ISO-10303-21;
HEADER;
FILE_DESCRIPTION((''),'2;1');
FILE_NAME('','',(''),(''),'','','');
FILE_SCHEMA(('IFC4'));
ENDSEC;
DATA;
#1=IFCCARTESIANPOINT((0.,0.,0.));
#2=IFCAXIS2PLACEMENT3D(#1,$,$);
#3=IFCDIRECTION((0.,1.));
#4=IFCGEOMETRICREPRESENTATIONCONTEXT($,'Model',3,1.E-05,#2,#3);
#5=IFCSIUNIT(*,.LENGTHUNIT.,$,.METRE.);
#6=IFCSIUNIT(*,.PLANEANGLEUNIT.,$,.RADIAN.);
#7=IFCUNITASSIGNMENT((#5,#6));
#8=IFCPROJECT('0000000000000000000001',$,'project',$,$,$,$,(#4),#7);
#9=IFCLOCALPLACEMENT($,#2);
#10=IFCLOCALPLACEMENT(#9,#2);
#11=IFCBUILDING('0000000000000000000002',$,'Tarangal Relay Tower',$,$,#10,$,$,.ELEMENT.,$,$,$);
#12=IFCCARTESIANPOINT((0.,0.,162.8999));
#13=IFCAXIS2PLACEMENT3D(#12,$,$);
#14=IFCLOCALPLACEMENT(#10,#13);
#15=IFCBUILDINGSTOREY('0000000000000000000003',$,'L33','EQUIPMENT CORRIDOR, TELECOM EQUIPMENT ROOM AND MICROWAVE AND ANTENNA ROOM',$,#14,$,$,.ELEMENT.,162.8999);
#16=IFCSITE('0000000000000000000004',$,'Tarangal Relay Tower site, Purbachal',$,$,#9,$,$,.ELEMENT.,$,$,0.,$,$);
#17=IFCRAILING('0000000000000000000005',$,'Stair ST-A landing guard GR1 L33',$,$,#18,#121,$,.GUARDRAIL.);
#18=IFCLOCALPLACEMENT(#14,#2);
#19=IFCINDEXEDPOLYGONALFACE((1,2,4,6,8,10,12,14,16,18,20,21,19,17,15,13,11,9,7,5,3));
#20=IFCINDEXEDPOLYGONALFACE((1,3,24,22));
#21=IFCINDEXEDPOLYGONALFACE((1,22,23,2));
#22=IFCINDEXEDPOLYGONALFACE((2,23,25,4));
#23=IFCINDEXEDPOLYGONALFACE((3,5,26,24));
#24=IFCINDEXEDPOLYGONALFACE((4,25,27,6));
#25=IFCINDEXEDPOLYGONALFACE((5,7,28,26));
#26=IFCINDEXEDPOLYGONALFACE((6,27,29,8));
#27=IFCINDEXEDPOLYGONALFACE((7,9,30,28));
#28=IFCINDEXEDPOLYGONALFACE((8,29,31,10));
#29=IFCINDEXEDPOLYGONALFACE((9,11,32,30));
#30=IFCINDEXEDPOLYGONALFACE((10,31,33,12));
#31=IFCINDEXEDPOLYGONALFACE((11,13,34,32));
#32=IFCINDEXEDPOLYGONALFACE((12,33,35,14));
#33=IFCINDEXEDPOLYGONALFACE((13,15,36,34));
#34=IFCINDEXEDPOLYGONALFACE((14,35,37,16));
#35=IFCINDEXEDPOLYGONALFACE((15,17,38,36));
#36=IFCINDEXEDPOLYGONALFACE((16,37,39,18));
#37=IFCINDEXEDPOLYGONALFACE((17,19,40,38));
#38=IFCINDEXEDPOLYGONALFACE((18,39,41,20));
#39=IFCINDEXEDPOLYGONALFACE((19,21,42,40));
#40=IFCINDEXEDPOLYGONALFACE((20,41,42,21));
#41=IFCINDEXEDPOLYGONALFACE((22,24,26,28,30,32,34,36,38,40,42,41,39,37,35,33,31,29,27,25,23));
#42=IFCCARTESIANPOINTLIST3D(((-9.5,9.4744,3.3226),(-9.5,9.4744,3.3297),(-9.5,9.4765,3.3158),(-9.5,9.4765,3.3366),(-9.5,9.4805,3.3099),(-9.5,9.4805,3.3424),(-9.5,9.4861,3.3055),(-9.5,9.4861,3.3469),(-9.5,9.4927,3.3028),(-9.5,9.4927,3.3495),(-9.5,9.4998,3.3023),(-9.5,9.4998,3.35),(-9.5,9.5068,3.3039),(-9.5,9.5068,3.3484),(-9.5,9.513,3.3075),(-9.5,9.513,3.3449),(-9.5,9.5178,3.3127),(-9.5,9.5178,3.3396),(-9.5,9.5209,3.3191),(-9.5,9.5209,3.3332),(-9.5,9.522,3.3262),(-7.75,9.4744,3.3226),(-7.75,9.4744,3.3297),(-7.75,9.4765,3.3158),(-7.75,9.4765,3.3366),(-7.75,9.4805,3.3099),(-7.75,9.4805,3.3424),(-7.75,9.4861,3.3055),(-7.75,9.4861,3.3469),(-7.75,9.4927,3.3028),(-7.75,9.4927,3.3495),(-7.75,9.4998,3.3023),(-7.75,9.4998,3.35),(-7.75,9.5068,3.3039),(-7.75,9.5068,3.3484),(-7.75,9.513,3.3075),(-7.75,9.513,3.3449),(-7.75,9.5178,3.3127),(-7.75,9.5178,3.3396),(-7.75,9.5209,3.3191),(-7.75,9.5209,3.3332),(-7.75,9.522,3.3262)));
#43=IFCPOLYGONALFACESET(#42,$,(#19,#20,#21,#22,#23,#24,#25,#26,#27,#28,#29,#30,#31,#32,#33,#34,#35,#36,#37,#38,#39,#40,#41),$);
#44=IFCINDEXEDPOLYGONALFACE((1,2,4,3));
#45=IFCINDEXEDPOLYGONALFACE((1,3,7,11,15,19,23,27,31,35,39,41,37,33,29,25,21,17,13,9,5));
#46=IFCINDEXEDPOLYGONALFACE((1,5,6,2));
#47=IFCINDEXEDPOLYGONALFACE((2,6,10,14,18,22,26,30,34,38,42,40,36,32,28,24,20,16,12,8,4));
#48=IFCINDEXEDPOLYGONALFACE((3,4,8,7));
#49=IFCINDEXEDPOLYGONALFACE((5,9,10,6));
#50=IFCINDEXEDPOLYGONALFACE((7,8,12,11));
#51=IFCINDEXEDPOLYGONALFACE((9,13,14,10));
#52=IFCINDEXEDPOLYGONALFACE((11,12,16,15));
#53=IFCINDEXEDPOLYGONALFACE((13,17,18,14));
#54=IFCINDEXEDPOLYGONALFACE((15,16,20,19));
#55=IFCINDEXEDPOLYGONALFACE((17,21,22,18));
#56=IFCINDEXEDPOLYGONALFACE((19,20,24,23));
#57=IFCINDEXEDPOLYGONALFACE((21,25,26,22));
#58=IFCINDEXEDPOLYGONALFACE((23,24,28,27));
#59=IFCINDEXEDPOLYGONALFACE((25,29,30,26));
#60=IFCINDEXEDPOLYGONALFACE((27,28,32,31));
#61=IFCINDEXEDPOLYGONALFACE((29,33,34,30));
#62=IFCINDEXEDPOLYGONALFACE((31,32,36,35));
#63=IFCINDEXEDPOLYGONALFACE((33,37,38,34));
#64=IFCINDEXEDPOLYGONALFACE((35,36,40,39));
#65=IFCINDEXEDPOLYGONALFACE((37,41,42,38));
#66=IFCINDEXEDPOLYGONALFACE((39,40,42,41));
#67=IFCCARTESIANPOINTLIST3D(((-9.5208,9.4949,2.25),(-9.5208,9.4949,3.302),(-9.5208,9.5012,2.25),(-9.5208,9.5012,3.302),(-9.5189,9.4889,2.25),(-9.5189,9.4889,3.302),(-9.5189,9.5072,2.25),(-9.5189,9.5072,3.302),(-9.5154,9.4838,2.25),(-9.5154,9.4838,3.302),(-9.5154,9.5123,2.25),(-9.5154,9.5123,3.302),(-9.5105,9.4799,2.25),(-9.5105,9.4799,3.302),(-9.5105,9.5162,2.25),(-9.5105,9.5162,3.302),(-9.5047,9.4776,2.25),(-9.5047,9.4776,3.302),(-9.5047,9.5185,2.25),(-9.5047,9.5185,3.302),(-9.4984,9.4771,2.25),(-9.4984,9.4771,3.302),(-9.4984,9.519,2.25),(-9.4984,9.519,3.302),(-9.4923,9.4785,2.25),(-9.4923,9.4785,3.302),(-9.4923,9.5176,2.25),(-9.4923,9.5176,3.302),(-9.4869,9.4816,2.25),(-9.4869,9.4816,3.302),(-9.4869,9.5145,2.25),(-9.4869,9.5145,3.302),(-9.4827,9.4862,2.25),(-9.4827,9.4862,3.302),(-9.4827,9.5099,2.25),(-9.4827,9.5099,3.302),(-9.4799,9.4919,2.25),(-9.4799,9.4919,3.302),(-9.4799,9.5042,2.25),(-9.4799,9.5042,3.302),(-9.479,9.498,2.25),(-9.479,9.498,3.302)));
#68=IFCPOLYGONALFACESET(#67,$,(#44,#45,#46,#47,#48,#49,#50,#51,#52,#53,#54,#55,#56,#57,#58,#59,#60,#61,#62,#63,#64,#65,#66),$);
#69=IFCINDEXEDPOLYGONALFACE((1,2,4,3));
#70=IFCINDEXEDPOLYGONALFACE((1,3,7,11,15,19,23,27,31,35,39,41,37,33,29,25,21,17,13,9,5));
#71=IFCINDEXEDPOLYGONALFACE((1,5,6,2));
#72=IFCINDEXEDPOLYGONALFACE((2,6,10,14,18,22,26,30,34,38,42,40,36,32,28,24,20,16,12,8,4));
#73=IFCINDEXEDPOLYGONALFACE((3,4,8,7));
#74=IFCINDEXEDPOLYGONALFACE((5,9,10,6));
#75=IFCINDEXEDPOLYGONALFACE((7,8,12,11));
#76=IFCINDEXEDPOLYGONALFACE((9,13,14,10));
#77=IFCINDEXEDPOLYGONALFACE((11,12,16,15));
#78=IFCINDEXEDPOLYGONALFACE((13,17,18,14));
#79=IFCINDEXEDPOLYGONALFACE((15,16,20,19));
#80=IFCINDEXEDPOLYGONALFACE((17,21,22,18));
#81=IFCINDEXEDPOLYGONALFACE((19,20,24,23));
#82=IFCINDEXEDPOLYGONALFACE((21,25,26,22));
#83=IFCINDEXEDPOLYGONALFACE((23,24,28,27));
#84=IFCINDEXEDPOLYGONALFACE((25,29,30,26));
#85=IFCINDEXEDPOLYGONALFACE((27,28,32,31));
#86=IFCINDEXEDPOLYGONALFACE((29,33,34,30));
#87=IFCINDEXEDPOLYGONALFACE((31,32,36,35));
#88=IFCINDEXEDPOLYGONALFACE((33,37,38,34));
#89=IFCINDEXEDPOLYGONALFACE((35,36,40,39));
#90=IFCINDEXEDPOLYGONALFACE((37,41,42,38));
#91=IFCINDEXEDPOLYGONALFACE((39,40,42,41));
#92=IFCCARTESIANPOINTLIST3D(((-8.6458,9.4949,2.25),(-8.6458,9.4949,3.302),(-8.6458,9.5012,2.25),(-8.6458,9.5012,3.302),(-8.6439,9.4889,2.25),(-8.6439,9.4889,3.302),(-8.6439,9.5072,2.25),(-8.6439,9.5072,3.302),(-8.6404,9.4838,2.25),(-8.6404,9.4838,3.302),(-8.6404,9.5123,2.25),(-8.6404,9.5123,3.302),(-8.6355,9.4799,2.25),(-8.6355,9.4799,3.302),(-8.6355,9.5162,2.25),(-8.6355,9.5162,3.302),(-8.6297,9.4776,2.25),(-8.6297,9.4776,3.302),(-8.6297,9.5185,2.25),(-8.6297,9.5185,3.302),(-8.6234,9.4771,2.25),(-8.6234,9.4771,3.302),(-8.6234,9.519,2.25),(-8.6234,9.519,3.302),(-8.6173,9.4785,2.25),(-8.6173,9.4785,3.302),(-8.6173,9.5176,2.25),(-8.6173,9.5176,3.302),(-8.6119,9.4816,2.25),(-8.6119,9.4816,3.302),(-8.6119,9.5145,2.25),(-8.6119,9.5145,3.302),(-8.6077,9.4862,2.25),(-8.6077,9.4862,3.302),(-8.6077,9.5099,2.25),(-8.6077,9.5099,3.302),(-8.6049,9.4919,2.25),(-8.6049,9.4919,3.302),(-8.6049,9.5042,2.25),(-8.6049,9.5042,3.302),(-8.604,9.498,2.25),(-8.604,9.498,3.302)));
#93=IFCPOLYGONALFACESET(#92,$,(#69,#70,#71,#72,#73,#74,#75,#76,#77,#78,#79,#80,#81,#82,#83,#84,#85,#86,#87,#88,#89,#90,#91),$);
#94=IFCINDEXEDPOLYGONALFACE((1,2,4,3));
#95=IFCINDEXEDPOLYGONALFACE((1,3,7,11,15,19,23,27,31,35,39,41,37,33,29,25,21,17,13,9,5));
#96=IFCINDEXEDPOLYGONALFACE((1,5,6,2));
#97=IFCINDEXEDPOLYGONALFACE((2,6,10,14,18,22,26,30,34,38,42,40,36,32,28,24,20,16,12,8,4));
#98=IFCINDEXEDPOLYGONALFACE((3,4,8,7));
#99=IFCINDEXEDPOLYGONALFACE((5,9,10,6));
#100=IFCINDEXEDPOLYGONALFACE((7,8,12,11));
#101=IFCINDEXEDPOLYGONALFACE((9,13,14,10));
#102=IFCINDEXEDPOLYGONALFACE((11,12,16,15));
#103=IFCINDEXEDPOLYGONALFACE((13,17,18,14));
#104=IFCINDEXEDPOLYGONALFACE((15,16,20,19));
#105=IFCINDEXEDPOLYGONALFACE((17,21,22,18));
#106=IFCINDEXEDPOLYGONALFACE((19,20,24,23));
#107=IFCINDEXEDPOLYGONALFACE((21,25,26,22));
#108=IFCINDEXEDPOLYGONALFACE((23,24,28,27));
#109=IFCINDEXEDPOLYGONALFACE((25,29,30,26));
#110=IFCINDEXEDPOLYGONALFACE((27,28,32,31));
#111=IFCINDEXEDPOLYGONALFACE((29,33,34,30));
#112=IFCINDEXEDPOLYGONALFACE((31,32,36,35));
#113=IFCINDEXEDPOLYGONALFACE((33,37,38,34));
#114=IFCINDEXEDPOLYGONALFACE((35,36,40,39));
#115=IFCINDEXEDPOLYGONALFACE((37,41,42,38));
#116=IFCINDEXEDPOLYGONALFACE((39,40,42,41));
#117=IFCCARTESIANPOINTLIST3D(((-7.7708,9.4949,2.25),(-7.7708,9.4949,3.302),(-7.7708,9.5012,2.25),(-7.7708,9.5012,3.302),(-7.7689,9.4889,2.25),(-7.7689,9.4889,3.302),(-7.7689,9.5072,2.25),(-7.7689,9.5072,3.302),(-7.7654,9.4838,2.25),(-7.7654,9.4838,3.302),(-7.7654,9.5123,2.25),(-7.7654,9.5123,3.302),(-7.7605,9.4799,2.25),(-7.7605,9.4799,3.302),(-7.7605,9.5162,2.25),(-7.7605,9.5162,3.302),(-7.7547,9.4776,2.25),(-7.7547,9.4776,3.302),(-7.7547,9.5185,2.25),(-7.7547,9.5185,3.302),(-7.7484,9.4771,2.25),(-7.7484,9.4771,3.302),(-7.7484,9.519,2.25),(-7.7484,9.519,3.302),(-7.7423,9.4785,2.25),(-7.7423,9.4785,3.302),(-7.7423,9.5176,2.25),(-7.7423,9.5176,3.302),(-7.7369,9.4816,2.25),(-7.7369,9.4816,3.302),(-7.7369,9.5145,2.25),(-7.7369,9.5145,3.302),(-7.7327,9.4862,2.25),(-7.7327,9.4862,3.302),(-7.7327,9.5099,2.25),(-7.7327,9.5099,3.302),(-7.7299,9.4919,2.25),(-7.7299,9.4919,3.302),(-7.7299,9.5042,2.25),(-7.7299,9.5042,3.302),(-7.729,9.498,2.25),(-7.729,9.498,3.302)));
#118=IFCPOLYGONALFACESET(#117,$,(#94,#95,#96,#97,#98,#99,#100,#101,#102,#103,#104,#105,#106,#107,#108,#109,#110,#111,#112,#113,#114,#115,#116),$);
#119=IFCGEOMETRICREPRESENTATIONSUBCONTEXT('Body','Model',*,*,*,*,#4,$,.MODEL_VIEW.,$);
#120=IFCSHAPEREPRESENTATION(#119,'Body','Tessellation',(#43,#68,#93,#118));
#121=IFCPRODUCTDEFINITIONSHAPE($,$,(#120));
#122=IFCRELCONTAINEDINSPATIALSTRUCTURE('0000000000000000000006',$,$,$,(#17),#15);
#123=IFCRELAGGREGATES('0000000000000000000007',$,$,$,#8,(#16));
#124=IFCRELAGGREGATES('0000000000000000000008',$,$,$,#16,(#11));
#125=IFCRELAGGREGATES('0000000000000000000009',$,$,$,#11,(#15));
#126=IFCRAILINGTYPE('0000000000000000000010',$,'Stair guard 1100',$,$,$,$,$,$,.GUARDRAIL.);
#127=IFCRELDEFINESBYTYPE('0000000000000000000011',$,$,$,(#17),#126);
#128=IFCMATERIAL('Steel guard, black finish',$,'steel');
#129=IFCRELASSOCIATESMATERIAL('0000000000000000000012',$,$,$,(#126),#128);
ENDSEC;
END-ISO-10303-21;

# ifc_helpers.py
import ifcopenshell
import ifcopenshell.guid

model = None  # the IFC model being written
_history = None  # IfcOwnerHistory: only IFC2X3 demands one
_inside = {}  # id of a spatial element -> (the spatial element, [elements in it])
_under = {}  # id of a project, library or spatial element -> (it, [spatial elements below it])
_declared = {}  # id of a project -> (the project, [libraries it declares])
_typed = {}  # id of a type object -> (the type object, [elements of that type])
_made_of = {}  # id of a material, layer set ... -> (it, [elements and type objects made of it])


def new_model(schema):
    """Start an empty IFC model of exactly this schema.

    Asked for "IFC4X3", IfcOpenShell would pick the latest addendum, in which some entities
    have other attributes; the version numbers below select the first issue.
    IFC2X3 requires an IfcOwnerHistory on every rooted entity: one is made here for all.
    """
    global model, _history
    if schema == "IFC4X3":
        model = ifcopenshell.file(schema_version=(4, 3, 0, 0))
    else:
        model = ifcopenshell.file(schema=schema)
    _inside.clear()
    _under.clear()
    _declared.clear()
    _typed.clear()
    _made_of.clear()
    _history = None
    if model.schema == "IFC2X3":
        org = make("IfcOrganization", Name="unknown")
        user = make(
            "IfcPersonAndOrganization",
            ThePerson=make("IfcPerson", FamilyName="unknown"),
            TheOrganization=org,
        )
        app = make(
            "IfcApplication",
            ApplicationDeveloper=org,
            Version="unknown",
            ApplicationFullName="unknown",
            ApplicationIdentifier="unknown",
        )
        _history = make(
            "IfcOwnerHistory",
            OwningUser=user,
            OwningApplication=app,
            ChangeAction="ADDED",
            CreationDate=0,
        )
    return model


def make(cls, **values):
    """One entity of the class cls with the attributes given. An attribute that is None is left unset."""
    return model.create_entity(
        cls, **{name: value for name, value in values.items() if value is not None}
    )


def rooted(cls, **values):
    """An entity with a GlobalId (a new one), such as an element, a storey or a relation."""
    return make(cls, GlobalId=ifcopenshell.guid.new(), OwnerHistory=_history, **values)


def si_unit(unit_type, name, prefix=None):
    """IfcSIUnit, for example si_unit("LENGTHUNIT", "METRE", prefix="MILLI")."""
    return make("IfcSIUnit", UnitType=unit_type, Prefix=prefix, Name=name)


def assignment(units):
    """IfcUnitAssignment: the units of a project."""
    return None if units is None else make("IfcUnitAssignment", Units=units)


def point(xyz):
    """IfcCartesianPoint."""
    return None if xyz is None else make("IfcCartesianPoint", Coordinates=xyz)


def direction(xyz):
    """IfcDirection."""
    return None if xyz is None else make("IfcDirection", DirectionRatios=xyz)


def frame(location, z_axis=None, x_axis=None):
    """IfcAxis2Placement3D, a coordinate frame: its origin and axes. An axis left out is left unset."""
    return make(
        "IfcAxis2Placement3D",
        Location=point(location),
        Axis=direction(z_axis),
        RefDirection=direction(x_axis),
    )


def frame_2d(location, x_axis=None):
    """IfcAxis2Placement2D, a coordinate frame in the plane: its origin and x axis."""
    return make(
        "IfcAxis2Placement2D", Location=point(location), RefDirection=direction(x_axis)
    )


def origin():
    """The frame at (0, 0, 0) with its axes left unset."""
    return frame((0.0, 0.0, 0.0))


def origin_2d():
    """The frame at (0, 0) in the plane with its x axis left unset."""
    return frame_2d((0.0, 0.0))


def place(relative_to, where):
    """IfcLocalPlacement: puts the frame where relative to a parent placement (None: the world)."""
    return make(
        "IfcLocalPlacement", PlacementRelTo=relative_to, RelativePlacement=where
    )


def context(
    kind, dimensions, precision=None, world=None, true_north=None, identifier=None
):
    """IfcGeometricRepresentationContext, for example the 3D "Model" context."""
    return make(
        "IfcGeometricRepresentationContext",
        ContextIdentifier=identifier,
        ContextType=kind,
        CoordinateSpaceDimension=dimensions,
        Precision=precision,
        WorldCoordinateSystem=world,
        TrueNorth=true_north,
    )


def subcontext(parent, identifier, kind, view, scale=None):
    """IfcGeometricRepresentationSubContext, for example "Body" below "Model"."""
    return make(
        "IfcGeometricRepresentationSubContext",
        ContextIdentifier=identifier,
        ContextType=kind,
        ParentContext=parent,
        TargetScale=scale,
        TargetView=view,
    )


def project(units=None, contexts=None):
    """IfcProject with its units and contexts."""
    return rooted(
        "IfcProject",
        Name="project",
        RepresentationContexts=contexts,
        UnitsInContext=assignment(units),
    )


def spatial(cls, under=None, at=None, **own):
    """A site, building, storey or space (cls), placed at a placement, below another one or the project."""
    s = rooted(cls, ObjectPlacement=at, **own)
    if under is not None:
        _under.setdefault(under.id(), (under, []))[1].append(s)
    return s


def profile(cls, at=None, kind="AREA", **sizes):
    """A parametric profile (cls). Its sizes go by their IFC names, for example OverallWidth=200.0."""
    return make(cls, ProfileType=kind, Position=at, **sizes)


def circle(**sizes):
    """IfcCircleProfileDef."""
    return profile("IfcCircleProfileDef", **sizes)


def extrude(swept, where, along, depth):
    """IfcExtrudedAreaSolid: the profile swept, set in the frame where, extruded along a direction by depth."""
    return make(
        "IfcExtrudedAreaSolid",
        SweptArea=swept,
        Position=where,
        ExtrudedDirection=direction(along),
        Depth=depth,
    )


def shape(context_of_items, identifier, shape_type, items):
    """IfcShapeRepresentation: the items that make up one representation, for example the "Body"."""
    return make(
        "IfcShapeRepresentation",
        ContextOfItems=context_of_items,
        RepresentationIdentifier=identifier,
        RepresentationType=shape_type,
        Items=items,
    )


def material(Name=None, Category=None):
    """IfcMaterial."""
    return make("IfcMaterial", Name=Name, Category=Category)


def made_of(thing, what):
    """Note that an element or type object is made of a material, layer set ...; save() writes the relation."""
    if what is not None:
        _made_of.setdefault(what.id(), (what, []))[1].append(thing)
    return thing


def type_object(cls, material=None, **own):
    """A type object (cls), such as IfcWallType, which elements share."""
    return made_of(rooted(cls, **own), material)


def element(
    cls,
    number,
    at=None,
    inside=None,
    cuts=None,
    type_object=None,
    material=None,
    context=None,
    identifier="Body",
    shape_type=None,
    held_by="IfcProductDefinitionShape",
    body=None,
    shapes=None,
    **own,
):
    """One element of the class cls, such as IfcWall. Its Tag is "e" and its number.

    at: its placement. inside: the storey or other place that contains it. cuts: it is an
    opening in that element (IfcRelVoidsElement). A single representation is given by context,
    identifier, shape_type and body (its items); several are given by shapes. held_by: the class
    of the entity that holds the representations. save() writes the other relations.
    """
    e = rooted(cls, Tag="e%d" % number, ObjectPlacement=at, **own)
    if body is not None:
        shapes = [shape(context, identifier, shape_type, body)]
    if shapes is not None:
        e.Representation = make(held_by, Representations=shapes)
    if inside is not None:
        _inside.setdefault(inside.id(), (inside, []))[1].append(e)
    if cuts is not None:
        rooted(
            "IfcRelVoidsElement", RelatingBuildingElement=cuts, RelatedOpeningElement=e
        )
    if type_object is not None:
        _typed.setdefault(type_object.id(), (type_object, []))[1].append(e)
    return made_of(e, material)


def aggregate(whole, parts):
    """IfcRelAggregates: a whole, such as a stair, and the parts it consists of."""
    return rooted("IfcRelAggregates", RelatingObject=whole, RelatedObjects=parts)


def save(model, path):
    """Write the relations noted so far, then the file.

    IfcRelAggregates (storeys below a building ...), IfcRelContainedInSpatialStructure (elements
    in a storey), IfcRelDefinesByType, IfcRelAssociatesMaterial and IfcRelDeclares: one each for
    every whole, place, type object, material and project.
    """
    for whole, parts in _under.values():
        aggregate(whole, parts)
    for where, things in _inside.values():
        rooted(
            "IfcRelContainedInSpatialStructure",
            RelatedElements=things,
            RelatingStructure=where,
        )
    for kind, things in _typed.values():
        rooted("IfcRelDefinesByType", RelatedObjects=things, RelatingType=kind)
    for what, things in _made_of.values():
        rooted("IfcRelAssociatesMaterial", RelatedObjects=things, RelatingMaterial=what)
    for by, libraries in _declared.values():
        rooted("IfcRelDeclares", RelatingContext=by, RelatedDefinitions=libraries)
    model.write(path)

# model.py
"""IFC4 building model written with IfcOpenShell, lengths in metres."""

from ifc_helpers import new_model, si_unit, direction, frame, origin, origin_2d, place, context, subcontext, project, spatial, circle, extrude, material, type_object, element, save


model = new_model("IFC4")

# Units and contexts
model_context = context("Model", 3, precision=1e-05, world=origin(), true_north=direction((0.0, 1.0)))
body_context = subcontext(model_context, "Body", "Model", "MODEL_VIEW")
ifc_project = project(units=[si_unit("LENGTHUNIT", "METRE"), si_unit("PLANEANGLEUNIT", "RADIAN")], contexts=[model_context])

# Site, building, storey
site_placement = place(None, origin())
site = spatial("IfcSite", under=ifc_project, at=site_placement, Name="Tarangal Relay Tower site, Purbachal", CompositionType="ELEMENT", RefElevation=0.0)
building_placement = place(site_placement, origin())
building = spatial("IfcBuilding", under=site, at=building_placement, Name="Tarangal Relay Tower", CompositionType="ELEMENT")
storey_placement = place(building_placement, frame((0.0, 0.0, 162.8999)))
storey = spatial("IfcBuildingStorey", under=building, at=storey_placement, Name="L33", Description="EQUIPMENT CORRIDOR, TELECOM EQUIPMENT ROOM AND MICROWAVE AND ANTENNA ROOM", CompositionType="ELEMENT", Elevation=162.8999)

# Railing
ifc_material_1 = material(Name="Steel guard, black finish", Category="steel")
railing_type_1 = type_object("IfcRailingType", Name="Stair guard 1100", PredefinedType="GUARDRAIL", material=ifc_material_1)
railing_1_placement = place(storey_placement, frame((-9.5, 9.498, 2.25)))
element("IfcRailing", 1, at=railing_1_placement, inside=storey, type_object=railing_type_1, Name="Stair ST-A landing guard GR1 L33", PredefinedType="GUARDRAIL", context=body_context, shape_type="SweptSolid", body=[
    extrude(circle(Radius=0.0239, at=origin_2d()), frame((0.0, 0.0, 1.0762), z_axis=(1.0, 0.0, 0.0), x_axis=(0.0, 1.0, 0.0)), (0.0, 0.0, 1.0), 1.75),
    extrude(circle(Radius=0.021, at=origin_2d()), origin(), (0.0, 0.0, 1.0), 1.052),
    extrude(circle(Radius=0.021, at=origin_2d()), frame((0.875, 0.0, 0.0)), (0.0, 0.0, 1.0), 1.052),
    extrude(circle(Radius=0.021, at=origin_2d()), frame((1.75, 0.0, 0.0)), (0.0, 0.0, 1.0), 1.052),
])

save(model, "model.ifc")
